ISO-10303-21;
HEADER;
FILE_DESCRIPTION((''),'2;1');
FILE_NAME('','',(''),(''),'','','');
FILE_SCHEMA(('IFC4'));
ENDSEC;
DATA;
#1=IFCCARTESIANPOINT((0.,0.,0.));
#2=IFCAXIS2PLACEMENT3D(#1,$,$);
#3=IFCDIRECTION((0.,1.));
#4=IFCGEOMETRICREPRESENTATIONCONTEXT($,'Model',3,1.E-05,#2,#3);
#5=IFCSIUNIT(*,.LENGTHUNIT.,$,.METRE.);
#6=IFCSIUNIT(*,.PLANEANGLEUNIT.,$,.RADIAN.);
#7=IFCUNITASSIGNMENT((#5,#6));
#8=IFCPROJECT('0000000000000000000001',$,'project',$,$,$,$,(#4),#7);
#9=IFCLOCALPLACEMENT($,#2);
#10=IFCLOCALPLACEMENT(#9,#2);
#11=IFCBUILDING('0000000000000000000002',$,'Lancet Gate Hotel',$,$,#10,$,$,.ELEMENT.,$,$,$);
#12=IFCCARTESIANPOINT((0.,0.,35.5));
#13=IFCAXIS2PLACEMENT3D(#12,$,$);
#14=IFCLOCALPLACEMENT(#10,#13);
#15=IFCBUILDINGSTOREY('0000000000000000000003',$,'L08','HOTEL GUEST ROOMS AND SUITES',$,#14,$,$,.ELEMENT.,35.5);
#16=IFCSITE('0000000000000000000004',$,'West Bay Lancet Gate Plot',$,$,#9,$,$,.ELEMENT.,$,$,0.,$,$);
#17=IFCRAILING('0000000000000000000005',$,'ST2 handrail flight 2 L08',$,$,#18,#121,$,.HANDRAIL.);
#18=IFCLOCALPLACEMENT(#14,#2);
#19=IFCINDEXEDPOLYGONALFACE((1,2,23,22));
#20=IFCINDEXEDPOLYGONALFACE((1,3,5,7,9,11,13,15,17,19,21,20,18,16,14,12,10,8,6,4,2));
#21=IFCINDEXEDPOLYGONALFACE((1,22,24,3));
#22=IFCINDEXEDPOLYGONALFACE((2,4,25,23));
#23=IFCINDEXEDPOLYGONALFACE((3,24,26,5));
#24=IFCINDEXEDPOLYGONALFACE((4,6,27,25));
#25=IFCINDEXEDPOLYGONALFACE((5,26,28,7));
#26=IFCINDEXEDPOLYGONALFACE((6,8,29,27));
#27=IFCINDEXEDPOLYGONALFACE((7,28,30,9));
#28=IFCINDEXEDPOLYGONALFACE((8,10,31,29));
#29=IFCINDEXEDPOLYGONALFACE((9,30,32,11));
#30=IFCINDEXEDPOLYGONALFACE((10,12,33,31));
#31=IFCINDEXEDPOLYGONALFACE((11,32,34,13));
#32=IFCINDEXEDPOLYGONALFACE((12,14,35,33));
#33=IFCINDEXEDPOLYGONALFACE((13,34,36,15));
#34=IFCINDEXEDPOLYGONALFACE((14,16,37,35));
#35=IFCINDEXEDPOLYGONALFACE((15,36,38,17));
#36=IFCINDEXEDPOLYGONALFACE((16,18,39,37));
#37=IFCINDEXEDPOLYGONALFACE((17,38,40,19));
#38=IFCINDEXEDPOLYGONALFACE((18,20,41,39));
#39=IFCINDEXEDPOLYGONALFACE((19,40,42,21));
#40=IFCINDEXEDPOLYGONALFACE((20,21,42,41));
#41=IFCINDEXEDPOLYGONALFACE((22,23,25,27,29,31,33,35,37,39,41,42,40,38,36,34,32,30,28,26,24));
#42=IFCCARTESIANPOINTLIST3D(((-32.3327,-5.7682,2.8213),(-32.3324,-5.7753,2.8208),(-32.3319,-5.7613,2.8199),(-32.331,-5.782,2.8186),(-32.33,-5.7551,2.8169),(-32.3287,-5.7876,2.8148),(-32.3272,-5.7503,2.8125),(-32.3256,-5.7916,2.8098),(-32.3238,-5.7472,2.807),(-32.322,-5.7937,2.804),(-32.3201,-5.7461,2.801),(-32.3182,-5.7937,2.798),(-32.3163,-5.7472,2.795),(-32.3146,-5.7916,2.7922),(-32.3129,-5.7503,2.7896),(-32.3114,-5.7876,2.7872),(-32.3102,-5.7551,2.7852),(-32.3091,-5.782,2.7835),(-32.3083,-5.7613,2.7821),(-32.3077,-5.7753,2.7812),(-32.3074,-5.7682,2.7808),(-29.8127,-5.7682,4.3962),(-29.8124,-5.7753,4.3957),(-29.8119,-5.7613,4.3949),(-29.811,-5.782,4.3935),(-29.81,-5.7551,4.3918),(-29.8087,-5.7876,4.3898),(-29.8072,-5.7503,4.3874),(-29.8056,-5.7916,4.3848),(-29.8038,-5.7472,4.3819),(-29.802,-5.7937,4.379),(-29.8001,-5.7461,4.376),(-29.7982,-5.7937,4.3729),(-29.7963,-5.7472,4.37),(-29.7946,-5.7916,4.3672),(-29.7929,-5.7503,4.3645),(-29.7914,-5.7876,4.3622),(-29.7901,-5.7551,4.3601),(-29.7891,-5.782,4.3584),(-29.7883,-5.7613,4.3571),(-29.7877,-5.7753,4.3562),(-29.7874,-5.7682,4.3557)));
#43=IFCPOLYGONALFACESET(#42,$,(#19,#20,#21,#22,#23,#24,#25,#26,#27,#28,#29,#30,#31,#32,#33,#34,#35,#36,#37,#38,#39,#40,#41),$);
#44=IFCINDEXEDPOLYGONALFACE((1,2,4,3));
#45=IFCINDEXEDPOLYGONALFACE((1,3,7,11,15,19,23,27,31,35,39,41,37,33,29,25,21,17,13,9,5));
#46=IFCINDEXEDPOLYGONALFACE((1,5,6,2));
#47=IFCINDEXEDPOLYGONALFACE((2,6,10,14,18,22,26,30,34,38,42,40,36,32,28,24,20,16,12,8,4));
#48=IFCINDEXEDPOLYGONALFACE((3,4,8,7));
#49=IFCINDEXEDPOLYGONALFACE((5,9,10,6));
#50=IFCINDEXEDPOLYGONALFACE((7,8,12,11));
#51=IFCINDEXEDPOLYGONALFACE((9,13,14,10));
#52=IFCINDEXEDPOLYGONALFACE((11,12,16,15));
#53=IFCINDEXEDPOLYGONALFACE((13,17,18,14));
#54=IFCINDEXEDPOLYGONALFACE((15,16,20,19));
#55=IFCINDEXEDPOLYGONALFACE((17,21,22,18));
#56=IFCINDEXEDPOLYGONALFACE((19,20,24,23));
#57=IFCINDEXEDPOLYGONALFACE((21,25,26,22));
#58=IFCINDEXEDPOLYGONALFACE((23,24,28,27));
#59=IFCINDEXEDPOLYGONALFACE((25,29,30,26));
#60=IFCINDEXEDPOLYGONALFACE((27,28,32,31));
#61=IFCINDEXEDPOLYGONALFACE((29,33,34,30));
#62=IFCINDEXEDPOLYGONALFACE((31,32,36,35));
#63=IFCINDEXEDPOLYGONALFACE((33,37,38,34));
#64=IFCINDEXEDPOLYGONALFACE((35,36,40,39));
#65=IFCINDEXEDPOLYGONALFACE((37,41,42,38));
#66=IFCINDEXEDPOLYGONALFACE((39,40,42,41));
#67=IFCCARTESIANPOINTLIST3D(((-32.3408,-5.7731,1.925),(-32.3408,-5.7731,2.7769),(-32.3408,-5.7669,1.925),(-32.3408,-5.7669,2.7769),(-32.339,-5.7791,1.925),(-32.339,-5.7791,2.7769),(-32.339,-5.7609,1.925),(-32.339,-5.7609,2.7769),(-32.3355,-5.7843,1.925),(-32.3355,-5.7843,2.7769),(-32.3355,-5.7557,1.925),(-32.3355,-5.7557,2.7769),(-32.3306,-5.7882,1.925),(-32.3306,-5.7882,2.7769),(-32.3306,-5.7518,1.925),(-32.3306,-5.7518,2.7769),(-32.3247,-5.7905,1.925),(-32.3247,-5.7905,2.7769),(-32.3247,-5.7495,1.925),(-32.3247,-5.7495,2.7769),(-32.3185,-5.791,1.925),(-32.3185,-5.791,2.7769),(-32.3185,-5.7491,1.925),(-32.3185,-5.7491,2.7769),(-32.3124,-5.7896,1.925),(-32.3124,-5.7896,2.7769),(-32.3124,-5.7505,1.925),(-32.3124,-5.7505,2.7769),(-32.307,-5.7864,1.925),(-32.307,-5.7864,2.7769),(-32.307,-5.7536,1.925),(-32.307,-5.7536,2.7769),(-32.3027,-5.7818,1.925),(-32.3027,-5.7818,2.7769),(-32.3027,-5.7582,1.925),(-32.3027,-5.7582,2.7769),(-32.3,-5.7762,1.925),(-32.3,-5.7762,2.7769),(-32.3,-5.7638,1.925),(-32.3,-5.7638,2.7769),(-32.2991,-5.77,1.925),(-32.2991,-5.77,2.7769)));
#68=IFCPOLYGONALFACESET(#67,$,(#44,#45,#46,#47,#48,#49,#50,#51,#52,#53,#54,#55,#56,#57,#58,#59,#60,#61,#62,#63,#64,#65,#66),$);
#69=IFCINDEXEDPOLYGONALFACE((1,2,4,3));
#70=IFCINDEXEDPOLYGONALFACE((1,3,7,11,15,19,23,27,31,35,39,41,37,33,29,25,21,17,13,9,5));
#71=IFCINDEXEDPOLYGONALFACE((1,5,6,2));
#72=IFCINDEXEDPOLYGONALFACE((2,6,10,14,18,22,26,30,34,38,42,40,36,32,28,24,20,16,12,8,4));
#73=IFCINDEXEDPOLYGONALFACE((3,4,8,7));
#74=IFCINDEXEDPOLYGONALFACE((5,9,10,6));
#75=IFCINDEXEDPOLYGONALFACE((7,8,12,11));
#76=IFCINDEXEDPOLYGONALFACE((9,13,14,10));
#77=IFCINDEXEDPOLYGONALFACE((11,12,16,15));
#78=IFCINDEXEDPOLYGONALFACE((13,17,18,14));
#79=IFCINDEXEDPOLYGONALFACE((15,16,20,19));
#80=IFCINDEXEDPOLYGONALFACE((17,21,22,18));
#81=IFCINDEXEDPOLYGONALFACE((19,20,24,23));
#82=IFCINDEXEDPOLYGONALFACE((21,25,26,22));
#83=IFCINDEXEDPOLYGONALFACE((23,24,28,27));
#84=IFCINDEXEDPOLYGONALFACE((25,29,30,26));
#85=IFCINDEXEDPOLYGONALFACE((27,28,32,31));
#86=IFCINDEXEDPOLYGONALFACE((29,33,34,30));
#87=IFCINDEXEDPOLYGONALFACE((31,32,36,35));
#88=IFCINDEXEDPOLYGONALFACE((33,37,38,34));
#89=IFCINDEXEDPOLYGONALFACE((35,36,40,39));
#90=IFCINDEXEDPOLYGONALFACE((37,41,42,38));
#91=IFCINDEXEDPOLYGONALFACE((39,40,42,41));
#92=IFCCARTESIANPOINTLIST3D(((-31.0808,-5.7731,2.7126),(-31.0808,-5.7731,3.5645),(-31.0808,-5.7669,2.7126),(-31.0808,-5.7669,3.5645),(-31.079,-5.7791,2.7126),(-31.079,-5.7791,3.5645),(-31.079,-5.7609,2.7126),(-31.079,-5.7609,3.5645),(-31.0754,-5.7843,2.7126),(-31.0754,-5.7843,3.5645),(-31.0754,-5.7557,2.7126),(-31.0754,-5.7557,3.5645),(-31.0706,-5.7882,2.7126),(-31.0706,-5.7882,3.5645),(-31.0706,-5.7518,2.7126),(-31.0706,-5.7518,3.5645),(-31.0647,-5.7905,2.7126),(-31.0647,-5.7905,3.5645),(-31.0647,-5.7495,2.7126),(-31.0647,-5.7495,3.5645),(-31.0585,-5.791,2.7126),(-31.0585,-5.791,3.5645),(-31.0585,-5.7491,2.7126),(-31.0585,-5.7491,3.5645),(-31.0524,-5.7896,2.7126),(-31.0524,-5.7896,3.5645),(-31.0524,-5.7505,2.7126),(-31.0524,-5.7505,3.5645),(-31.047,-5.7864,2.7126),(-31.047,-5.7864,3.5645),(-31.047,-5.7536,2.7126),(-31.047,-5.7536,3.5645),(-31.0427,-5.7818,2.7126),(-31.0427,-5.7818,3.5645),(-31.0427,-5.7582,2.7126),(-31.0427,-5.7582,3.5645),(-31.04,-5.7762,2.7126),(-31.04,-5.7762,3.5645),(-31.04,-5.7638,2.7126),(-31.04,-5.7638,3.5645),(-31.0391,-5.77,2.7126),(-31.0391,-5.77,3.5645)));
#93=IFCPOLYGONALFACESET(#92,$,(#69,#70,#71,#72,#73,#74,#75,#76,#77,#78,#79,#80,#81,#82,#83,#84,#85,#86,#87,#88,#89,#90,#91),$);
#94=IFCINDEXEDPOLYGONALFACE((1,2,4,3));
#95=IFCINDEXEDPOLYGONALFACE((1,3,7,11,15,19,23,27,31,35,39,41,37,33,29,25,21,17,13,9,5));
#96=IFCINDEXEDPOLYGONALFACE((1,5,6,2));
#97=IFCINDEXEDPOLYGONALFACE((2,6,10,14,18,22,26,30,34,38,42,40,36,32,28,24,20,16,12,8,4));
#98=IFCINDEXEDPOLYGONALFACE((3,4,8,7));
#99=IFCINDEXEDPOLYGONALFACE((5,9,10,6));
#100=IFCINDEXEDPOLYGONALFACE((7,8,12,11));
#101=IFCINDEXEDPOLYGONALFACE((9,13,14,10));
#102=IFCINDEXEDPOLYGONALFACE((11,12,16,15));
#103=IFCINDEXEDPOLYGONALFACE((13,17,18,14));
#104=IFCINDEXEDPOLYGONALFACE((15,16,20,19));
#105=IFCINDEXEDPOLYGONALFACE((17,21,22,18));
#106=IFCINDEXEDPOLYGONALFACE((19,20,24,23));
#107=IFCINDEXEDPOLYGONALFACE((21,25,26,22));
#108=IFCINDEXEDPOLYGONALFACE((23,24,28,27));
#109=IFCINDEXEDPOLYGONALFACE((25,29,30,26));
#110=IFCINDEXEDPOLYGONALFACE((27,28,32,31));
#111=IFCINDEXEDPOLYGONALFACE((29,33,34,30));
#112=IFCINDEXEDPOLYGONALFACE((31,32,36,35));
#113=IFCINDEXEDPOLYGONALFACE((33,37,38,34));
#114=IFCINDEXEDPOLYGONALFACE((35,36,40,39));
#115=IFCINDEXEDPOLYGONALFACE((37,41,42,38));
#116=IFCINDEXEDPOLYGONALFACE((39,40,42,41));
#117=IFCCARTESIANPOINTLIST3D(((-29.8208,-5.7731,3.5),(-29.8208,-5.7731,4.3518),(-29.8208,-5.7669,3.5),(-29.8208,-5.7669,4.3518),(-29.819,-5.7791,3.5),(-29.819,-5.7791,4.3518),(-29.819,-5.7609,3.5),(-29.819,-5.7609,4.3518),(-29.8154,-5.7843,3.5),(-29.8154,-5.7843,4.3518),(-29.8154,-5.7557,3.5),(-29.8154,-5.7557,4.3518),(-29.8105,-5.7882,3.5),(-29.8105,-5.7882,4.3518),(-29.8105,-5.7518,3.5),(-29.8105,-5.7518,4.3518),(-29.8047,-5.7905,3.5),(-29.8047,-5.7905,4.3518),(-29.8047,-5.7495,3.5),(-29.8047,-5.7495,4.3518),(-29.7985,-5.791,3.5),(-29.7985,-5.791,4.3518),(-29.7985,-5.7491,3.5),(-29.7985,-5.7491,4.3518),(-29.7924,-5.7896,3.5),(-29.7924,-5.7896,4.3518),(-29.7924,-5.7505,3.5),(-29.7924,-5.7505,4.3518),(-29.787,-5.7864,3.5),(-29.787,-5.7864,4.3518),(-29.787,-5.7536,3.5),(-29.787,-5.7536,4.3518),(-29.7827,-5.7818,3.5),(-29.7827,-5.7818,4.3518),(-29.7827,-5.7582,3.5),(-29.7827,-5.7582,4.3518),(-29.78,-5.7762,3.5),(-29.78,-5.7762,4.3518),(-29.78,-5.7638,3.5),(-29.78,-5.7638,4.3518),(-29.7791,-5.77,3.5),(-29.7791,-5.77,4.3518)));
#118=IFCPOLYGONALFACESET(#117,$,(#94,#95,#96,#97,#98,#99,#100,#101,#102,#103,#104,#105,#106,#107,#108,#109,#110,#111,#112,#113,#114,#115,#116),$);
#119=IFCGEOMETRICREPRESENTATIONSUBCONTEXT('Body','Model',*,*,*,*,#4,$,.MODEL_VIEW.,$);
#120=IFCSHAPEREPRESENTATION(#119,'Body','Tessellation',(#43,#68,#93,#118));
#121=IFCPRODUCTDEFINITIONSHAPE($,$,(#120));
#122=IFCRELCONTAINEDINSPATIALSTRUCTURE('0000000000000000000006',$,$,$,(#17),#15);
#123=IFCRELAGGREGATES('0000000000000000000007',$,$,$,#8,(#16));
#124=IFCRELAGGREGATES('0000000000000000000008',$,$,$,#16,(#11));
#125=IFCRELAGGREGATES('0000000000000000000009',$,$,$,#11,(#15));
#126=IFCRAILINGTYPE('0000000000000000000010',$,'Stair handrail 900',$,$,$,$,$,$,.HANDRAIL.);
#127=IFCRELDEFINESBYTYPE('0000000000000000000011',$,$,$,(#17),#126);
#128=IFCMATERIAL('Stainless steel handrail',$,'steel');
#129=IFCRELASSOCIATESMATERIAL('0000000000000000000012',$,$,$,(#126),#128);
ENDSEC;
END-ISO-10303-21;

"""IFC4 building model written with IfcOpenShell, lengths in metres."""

from ifc_helpers import new_model, si_unit, direction, frame, origin, origin_2d, place, context, subcontext, project, spatial, circle, extrude, material, type_object, element, save


model = new_model("IFC4")

# Units and contexts
model_context = context("Model", 3, precision=1e-05, world=origin(), true_north=direction((0.0, 1.0)))
body_context = subcontext(model_context, "Body", "Model", "MODEL_VIEW")
ifc_project = project(units=[si_unit("LENGTHUNIT", "METRE"), si_unit("PLANEANGLEUNIT", "RADIAN")], contexts=[model_context])

# Site, building, storey
site_placement = place(None, origin())
site = spatial("IfcSite", under=ifc_project, at=site_placement, Name="West Bay Lancet Gate Plot", CompositionType="ELEMENT", RefElevation=0.0)
building_placement = place(site_placement, origin())
building = spatial("IfcBuilding", under=site, at=building_placement, Name="Lancet Gate Hotel", CompositionType="ELEMENT")
storey_placement = place(building_placement, frame((0.0, 0.0, 35.5)))
storey = spatial("IfcBuildingStorey", under=building, at=storey_placement, Name="L08", Description="HOTEL GUEST ROOMS AND SUITES", CompositionType="ELEMENT", Elevation=35.5)

# Railing
ifc_material_1 = material(Name="Stainless steel handrail", Category="steel")
railing_type = type_object("IfcRailingType", Name="Stair handrail 900", PredefinedType="HANDRAIL", material=ifc_material_1)
railing_1_placement = place(storey_placement, frame((-32.3201, -5.77, 1.925)))
element("IfcRailing", 1, at=railing_1_placement, inside=storey, type_object=railing_type, Name="ST2 handrail flight 2 L08", PredefinedType="HANDRAIL", context=body_context, shape_type="SweptSolid", body=[
    extrude(circle(Radius=0.0239, at=origin_2d()), frame((0.0, 0.0, 0.876), z_axis=(0.848008, 0.0, 0.529984), x_axis=(0.0, 1.0, 0.0)), (0.0, 0.0, 1.0), 2.9717),
    extrude(circle(Radius=0.021, at=origin_2d()), origin(), (0.0, 0.0, 1.0), 0.8518),
    extrude(circle(Radius=0.021, at=origin_2d()), frame((1.26, 0.0, 0.7876)), (0.0, 0.0, 1.0), 0.8518),
    extrude(circle(Radius=0.021, at=origin_2d()), frame((2.52, 0.0, 1.575)), (0.0, 0.0, 1.0), 0.8518),
])

save(model, "model.ifc")
